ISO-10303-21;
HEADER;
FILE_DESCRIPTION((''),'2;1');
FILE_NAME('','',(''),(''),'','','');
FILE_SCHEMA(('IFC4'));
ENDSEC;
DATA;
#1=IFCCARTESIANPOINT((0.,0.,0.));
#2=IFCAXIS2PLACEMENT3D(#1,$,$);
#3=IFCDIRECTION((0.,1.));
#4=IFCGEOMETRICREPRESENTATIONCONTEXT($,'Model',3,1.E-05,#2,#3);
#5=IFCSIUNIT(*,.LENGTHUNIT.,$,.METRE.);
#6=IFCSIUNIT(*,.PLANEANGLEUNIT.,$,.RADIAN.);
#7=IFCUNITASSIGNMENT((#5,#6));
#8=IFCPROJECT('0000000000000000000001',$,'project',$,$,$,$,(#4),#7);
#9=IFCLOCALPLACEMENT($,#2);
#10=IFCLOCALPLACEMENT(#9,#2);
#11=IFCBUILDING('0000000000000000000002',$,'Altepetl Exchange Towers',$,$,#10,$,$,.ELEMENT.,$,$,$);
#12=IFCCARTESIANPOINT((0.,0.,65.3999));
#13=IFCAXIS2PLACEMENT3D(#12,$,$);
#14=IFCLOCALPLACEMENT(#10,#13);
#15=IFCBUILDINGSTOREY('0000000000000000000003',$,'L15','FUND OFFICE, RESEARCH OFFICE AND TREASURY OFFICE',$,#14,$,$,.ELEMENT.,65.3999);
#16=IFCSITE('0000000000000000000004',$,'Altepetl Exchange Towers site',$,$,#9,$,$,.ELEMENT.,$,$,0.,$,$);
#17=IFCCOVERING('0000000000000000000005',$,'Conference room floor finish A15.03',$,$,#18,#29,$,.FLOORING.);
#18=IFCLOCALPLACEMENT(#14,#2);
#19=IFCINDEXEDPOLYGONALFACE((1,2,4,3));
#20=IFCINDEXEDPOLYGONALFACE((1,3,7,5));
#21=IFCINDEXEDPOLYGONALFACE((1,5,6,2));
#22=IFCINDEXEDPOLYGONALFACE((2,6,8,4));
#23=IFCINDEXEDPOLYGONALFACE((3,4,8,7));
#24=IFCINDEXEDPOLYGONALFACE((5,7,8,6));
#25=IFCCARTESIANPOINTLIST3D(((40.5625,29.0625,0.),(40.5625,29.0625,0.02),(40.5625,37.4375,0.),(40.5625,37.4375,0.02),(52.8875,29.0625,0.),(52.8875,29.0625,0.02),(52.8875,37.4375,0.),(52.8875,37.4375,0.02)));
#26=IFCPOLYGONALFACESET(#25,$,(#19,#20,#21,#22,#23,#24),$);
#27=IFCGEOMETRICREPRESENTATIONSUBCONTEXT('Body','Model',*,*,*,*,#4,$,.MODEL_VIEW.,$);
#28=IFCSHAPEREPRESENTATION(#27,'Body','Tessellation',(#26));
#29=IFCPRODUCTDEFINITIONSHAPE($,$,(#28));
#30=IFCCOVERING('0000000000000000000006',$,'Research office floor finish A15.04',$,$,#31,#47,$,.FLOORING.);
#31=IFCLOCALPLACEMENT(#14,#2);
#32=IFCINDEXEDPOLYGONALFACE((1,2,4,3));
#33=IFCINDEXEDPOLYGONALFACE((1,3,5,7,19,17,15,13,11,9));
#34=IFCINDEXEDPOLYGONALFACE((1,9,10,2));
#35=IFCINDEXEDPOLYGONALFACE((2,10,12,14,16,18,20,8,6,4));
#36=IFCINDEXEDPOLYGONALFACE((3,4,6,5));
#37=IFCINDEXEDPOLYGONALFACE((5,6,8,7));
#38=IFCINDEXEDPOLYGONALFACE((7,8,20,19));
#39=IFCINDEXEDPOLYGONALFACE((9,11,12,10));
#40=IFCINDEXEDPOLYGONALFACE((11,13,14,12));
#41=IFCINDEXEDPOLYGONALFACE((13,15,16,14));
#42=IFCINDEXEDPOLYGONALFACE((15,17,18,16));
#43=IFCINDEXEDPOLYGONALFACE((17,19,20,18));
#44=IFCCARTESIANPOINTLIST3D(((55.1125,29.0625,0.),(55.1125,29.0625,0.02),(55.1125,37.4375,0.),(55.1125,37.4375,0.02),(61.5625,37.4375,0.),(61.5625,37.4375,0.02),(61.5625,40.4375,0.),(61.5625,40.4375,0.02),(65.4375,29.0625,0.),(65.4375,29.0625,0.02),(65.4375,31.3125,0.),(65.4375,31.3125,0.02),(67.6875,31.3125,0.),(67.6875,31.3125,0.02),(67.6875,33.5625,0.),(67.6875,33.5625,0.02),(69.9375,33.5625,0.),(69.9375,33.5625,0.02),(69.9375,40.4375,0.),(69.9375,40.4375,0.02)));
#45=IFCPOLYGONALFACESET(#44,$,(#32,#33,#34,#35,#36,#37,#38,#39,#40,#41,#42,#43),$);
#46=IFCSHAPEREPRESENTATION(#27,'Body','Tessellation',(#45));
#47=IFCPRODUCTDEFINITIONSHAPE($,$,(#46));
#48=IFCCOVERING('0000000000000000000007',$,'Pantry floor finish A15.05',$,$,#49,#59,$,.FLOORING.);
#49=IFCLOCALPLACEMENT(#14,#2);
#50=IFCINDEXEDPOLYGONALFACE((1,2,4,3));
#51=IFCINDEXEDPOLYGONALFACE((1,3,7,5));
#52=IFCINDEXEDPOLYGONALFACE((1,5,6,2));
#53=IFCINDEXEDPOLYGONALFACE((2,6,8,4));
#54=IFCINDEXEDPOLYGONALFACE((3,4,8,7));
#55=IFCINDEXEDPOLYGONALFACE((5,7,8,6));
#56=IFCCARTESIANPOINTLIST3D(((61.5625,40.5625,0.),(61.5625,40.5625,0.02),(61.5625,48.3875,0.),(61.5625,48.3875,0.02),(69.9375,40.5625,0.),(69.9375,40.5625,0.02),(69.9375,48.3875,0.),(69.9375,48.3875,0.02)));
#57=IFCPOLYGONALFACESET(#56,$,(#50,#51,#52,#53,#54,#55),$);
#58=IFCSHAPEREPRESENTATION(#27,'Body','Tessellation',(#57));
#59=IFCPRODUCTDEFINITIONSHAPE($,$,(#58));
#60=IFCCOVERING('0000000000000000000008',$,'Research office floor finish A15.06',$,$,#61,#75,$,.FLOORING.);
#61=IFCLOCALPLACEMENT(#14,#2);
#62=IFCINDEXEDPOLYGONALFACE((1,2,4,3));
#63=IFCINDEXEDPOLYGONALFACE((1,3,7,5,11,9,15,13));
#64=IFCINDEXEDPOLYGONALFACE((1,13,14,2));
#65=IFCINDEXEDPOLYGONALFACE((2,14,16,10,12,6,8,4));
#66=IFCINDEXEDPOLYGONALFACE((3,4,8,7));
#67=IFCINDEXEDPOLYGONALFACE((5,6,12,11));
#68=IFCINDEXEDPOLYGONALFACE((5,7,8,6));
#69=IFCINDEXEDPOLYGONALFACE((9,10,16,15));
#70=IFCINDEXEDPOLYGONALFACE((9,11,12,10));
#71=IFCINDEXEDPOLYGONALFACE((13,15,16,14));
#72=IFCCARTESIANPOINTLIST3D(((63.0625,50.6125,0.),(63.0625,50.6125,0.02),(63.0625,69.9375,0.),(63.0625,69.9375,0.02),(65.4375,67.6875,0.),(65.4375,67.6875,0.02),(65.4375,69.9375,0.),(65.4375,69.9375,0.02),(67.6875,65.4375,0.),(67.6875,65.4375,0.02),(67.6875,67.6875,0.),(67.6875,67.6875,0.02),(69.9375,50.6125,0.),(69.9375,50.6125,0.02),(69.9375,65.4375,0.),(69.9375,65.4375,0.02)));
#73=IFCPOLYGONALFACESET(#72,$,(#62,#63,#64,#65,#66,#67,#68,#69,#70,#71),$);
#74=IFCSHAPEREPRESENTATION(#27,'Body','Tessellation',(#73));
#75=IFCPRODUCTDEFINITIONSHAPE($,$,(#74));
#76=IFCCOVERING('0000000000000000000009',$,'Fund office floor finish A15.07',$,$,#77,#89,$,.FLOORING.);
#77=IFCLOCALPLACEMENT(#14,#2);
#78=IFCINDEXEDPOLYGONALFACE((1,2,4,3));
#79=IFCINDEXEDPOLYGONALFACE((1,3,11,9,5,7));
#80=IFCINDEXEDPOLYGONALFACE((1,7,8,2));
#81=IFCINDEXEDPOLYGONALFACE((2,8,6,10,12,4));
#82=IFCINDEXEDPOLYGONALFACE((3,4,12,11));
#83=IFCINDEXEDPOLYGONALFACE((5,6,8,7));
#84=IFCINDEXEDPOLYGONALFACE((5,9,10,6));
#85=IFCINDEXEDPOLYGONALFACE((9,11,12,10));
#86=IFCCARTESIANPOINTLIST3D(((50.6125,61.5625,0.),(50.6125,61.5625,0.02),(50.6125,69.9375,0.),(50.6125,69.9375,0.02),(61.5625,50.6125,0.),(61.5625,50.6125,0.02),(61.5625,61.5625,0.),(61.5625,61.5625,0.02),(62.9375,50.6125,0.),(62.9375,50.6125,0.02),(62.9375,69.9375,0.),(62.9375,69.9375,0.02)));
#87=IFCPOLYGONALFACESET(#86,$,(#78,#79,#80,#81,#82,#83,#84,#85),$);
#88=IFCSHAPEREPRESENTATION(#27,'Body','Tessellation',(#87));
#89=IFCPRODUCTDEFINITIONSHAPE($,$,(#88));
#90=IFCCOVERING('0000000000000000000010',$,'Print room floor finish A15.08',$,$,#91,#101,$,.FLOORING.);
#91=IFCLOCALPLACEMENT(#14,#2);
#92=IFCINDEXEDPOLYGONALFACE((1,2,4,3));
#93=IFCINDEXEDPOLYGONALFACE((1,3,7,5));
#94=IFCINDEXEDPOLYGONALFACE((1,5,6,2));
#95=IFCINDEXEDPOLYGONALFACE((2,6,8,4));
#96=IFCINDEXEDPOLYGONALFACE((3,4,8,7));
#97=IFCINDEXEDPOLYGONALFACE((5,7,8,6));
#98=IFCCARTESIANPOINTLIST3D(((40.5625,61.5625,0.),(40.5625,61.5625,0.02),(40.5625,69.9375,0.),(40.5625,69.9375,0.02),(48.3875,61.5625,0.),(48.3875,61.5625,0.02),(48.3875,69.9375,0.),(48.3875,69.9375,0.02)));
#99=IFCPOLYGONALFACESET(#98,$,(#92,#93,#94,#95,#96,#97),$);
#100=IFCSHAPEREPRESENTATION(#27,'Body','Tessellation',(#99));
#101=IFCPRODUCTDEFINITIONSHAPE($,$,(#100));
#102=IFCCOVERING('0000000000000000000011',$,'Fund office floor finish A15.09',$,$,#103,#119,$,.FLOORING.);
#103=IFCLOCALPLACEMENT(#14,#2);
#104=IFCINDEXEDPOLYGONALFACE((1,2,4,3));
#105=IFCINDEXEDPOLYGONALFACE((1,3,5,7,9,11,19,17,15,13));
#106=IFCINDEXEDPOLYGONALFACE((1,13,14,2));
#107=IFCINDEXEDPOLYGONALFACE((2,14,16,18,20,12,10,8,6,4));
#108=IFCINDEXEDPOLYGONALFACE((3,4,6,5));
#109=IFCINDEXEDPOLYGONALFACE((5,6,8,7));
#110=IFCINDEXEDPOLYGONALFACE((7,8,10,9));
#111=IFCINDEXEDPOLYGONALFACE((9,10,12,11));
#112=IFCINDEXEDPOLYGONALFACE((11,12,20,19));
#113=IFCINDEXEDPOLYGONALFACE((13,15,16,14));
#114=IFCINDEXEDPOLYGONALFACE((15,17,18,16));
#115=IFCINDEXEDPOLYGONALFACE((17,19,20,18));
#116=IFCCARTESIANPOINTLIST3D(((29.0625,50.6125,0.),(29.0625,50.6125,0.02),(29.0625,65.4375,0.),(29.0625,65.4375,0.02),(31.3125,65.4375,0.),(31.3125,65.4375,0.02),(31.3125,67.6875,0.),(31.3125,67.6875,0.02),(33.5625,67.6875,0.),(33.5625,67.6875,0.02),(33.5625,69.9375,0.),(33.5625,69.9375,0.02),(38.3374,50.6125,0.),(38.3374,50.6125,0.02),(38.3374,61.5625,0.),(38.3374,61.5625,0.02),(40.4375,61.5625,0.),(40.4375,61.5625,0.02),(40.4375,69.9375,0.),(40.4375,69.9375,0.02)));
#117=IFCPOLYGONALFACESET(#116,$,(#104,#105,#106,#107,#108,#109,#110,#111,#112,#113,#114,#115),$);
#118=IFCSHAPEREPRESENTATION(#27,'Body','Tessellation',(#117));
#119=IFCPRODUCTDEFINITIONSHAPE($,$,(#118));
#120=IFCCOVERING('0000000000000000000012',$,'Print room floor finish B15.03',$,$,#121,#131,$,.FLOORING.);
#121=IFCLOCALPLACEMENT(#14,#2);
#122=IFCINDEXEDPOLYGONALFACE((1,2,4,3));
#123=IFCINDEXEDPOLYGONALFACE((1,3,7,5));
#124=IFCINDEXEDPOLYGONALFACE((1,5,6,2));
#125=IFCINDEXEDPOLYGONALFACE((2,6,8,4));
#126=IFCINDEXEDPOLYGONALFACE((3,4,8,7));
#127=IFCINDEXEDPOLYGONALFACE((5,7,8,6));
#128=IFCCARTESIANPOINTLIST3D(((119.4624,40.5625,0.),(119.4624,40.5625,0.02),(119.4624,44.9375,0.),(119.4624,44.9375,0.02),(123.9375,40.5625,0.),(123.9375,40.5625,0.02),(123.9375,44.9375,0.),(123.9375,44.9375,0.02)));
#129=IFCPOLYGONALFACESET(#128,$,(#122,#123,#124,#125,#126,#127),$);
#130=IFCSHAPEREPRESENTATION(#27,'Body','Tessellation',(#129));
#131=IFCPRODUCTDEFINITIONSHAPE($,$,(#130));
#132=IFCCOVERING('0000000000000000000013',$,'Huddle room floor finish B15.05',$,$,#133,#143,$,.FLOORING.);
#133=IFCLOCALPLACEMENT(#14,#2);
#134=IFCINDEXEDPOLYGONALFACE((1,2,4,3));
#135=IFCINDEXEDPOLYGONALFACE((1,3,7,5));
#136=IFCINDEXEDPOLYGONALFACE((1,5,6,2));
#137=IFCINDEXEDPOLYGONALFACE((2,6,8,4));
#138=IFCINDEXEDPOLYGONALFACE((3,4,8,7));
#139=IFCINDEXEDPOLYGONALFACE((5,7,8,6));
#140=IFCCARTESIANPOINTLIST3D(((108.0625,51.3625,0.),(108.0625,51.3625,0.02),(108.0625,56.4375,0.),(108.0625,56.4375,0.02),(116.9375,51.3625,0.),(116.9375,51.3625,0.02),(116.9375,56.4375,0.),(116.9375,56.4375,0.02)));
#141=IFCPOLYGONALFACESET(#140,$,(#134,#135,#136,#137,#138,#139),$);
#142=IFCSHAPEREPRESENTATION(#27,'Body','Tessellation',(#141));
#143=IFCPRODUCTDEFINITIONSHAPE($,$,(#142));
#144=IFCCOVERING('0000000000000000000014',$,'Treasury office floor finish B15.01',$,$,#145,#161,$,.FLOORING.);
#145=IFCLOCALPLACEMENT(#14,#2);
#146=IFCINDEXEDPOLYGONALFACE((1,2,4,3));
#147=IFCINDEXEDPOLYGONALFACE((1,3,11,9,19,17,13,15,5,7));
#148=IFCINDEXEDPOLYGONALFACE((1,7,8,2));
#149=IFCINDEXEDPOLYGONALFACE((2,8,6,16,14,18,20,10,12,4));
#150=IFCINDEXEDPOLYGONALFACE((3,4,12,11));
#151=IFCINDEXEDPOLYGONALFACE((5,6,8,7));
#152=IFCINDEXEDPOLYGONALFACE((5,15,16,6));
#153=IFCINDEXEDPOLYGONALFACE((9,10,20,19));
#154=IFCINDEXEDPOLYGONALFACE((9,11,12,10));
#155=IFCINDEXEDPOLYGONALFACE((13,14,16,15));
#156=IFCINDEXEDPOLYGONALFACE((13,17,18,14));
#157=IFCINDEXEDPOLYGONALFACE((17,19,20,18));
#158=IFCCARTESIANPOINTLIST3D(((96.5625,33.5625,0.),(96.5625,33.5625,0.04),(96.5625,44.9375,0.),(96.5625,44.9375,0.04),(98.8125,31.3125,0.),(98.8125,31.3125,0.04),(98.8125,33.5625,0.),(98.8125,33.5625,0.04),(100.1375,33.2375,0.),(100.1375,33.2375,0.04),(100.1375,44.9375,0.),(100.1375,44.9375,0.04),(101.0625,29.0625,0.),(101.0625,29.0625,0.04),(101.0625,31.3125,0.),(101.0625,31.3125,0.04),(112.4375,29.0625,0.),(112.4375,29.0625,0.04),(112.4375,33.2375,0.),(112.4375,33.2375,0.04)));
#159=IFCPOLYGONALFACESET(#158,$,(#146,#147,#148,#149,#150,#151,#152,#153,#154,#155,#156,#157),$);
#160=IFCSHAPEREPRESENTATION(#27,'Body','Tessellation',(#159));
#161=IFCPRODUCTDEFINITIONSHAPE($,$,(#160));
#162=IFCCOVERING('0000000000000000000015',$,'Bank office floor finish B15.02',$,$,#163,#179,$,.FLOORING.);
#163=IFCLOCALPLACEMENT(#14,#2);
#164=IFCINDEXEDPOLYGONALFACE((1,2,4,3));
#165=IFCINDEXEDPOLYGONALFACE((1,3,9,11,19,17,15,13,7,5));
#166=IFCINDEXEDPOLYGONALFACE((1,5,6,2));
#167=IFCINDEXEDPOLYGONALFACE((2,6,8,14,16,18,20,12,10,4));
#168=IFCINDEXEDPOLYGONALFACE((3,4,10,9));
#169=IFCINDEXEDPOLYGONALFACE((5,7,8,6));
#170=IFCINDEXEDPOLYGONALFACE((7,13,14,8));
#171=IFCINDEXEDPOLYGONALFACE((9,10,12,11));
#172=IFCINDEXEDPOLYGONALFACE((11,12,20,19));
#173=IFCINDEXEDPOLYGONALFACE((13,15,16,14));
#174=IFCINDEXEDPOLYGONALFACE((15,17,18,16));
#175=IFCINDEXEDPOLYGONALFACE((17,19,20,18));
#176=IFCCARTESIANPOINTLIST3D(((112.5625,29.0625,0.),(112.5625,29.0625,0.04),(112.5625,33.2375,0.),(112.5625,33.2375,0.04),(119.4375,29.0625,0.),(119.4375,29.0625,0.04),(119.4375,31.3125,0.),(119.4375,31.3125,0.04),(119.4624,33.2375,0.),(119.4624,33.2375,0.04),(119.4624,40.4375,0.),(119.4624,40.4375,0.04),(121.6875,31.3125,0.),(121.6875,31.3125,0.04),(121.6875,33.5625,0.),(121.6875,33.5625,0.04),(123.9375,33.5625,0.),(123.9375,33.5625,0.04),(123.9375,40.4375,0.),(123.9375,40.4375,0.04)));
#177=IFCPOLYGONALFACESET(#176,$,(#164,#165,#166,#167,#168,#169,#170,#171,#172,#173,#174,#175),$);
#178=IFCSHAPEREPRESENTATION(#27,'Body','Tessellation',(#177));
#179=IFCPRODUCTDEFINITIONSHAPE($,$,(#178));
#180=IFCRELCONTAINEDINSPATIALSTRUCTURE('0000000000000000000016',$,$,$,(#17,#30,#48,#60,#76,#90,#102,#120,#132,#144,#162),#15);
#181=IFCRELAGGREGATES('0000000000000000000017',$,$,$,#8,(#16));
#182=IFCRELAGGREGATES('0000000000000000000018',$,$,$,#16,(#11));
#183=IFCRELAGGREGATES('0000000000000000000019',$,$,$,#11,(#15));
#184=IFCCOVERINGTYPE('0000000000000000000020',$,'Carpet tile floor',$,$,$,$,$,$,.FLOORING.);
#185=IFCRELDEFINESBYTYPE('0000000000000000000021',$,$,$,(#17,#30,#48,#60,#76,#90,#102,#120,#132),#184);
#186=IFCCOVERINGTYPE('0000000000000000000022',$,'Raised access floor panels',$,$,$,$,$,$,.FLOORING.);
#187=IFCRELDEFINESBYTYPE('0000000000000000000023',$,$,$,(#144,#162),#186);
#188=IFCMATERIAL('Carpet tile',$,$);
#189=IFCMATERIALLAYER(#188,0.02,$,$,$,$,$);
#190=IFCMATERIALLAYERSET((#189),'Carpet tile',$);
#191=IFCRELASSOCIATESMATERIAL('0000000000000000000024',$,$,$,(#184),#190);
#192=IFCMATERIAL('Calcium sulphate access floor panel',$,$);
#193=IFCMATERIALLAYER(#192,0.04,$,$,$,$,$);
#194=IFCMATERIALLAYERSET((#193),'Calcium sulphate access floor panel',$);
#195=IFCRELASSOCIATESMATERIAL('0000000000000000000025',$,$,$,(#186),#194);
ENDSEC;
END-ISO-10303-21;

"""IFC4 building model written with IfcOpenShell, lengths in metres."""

from ifc_helpers import new_model, si_unit, direction, frame, origin, place, context, subcontext, project, spatial, polyline, outline, extrude, material, layer, layer_set, type_object, element, save


model = new_model("IFC4")

# Units and contexts
model_context = context("Model", 3, precision=1e-05, world=origin(), true_north=direction((0.0, 1.0)))
body_context = subcontext(model_context, "Body", "Model", "MODEL_VIEW")
ifc_project = project(units=[si_unit("LENGTHUNIT", "METRE"), si_unit("PLANEANGLEUNIT", "RADIAN")], contexts=[model_context])

# Site, building, storey
site_placement = place(None, origin())
site = spatial("IfcSite", under=ifc_project, at=site_placement, Name="Altepetl Exchange Towers site", CompositionType="ELEMENT", RefElevation=0.0)
building_placement = place(site_placement, origin())
building = spatial("IfcBuilding", under=site, at=building_placement, Name="Altepetl Exchange Towers", CompositionType="ELEMENT")
storey_placement = place(building_placement, frame((0.0, 0.0, 65.3999)))
storey = spatial("IfcBuildingStorey", under=building, at=storey_placement, Name="L15", Description="FUND OFFICE, RESEARCH OFFICE AND TREASURY OFFICE", CompositionType="ELEMENT", Elevation=65.3999)

# Coverings
ifc_material_1 = material(Name="Carpet tile")
ifc_layer_1 = layer(ifc_material_1, 0.02)
ifc_layer_set_1 = layer_set([ifc_layer_1], Name="Carpet tile")
covering_type_1 = type_object("IfcCoveringType", Name="Carpet tile floor", PredefinedType="FLOORING", material=ifc_layer_set_1)
covering_1_placement = place(storey_placement, origin())
element("IfcCovering", 1, at=covering_1_placement, inside=storey, type_object=covering_type_1, Name="Conference room floor finish A15.03", PredefinedType="FLOORING", context=body_context, shape_type="SweptSolid", body=[
    extrude(outline(polyline([(40.5625, 37.4375), (40.5625, 29.0625), (52.8875, 29.0625), (52.8875, 37.4375), (40.5625, 37.4375)])), origin(), (0.0, 0.0, 1.0), 0.02),
])
covering_2_placement = place(storey_placement, origin())
element("IfcCovering", 2, at=covering_2_placement, inside=storey, type_object=covering_type_1, Name="Research office floor finish A15.04", PredefinedType="FLOORING", context=body_context, shape_type="SweptSolid", body=[
    extrude(outline(polyline([(67.6875, 31.3125), (67.6875, 33.5625), (69.9375, 33.5625), (69.9375, 40.4375), (61.5625, 40.4375), (61.5625, 37.4375), (55.1125, 37.4375), (55.1125, 29.0625), (65.4375, 29.0625), (65.4375, 31.3125), (67.6875, 31.3125)])), origin(), (0.0, 0.0, 1.0), 0.02),
])
covering_3_placement = place(storey_placement, origin())
element("IfcCovering", 3, at=covering_3_placement, inside=storey, type_object=covering_type_1, Name="Pantry floor finish A15.05", PredefinedType="FLOORING", context=body_context, shape_type="SweptSolid", body=[
    extrude(outline(polyline([(61.5625, 40.5625), (69.9375, 40.5625), (69.9375, 48.3875), (61.5625, 48.3875), (61.5625, 40.5625)])), origin(), (0.0, 0.0, 1.0), 0.02),
])
covering_4_placement = place(storey_placement, origin())
element("IfcCovering", 4, at=covering_4_placement, inside=storey, type_object=covering_type_1, Name="Research office floor finish A15.06", PredefinedType="FLOORING", context=body_context, shape_type="SweptSolid", body=[
    extrude(outline(polyline([(67.6875, 67.6875), (65.4375, 67.6875), (65.4375, 69.9375), (63.0625, 69.9375), (63.0625, 50.6125), (69.9375, 50.6125), (69.9375, 65.4375), (67.6875, 65.4375), (67.6875, 67.6875)])), origin(), (0.0, 0.0, 1.0), 0.02),
])
covering_5_placement = place(storey_placement, origin())
element("IfcCovering", 5, at=covering_5_placement, inside=storey, type_object=covering_type_1, Name="Fund office floor finish A15.07", PredefinedType="FLOORING", context=body_context, shape_type="SweptSolid", body=[
    extrude(outline(polyline([(62.9375, 50.6125), (62.9375, 69.9375), (50.6125, 69.9375), (50.6125, 61.5625), (61.5625, 61.5625), (61.5625, 50.6125), (62.9375, 50.6125)])), origin(), (0.0, 0.0, 1.0), 0.02),
])
covering_6_placement = place(storey_placement, origin())
element("IfcCovering", 6, at=covering_6_placement, inside=storey, type_object=covering_type_1, Name="Print room floor finish A15.08", PredefinedType="FLOORING", context=body_context, shape_type="SweptSolid", body=[
    extrude(outline(polyline([(48.3875, 69.9375), (40.5625, 69.9375), (40.5625, 61.5625), (48.3875, 61.5625), (48.3875, 69.9375)])), origin(), (0.0, 0.0, 1.0), 0.02),
])
covering_7_placement = place(storey_placement, origin())
element("IfcCovering", 7, at=covering_7_placement, inside=storey, type_object=covering_type_1, Name="Fund office floor finish A15.09", PredefinedType="FLOORING", context=body_context, shape_type="SweptSolid", body=[
    extrude(outline(polyline([(40.4375, 61.5625), (40.4375, 69.9375), (33.5625, 69.9375), (33.5625, 67.6875), (31.3125, 67.6875), (31.3125, 65.4375), (29.0625, 65.4375), (29.0625, 50.6125), (38.3374, 50.6125), (38.3374, 61.5625), (40.4375, 61.5625)])), origin(), (0.0, 0.0, 1.0), 0.02),
])
covering_8_placement = place(storey_placement, origin())
element("IfcCovering", 8, at=covering_8_placement, inside=storey, type_object=covering_type_1, Name="Print room floor finish B15.03", PredefinedType="FLOORING", context=body_context, shape_type="SweptSolid", body=[
    extrude(outline(polyline([(123.9375, 44.9375), (119.4624, 44.9375), (119.4624, 40.5625), (123.9375, 40.5625), (123.9375, 44.9375)])), origin(), (0.0, 0.0, 1.0), 0.02),
])
covering_9_placement = place(storey_placement, origin())
element("IfcCovering", 9, at=covering_9_placement, inside=storey, type_object=covering_type_1, Name="Huddle room floor finish B15.05", PredefinedType="FLOORING", context=body_context, shape_type="SweptSolid", body=[
    extrude(outline(polyline([(108.0625, 56.4375), (108.0625, 51.3625), (116.9375, 51.3625), (116.9375, 56.4375), (108.0625, 56.4375)])), origin(), (0.0, 0.0, 1.0), 0.02),
])
ifc_material_2 = material(Name="Calcium sulphate access floor panel")
ifc_layer_2 = layer(ifc_material_2, 0.04)
ifc_layer_set_2 = layer_set([ifc_layer_2], Name="Calcium sulphate access floor panel")
covering_type_2 = type_object("IfcCoveringType", Name="Raised access floor panels", PredefinedType="FLOORING", material=ifc_layer_set_2)
covering_10_placement = place(storey_placement, origin())
element("IfcCovering", 10, at=covering_10_placement, inside=storey, type_object=covering_type_2, Name="Treasury office floor finish B15.01", PredefinedType="FLOORING", context=body_context, shape_type="SweptSolid", body=[
    extrude(outline(polyline([(112.4375, 29.0625), (112.4375, 33.2375), (100.1375, 33.2375), (100.1375, 44.9375), (96.5625, 44.9375), (96.5625, 33.5625), (98.8125, 33.5625), (98.8125, 31.3125), (101.0625, 31.3125), (101.0625, 29.0625), (112.4375, 29.0625)])), origin(), (0.0, 0.0, 1.0), 0.04),
])
covering_11_placement = place(storey_placement, origin())
element("IfcCovering", 11, at=covering_11_placement, inside=storey, type_object=covering_type_2, Name="Bank office floor finish B15.02", PredefinedType="FLOORING", context=body_context, shape_type="SweptSolid", body=[
    extrude(outline(polyline([(123.9375, 40.4375), (119.4624, 40.4375), (119.4624, 33.2375), (112.5625, 33.2375), (112.5625, 29.0625), (119.4375, 29.0625), (119.4375, 31.3125), (121.6875, 31.3125), (121.6875, 33.5625), (123.9375, 33.5625), (123.9375, 40.4375)])), origin(), (0.0, 0.0, 1.0), 0.04),
])

save(model, "model.ifc")
